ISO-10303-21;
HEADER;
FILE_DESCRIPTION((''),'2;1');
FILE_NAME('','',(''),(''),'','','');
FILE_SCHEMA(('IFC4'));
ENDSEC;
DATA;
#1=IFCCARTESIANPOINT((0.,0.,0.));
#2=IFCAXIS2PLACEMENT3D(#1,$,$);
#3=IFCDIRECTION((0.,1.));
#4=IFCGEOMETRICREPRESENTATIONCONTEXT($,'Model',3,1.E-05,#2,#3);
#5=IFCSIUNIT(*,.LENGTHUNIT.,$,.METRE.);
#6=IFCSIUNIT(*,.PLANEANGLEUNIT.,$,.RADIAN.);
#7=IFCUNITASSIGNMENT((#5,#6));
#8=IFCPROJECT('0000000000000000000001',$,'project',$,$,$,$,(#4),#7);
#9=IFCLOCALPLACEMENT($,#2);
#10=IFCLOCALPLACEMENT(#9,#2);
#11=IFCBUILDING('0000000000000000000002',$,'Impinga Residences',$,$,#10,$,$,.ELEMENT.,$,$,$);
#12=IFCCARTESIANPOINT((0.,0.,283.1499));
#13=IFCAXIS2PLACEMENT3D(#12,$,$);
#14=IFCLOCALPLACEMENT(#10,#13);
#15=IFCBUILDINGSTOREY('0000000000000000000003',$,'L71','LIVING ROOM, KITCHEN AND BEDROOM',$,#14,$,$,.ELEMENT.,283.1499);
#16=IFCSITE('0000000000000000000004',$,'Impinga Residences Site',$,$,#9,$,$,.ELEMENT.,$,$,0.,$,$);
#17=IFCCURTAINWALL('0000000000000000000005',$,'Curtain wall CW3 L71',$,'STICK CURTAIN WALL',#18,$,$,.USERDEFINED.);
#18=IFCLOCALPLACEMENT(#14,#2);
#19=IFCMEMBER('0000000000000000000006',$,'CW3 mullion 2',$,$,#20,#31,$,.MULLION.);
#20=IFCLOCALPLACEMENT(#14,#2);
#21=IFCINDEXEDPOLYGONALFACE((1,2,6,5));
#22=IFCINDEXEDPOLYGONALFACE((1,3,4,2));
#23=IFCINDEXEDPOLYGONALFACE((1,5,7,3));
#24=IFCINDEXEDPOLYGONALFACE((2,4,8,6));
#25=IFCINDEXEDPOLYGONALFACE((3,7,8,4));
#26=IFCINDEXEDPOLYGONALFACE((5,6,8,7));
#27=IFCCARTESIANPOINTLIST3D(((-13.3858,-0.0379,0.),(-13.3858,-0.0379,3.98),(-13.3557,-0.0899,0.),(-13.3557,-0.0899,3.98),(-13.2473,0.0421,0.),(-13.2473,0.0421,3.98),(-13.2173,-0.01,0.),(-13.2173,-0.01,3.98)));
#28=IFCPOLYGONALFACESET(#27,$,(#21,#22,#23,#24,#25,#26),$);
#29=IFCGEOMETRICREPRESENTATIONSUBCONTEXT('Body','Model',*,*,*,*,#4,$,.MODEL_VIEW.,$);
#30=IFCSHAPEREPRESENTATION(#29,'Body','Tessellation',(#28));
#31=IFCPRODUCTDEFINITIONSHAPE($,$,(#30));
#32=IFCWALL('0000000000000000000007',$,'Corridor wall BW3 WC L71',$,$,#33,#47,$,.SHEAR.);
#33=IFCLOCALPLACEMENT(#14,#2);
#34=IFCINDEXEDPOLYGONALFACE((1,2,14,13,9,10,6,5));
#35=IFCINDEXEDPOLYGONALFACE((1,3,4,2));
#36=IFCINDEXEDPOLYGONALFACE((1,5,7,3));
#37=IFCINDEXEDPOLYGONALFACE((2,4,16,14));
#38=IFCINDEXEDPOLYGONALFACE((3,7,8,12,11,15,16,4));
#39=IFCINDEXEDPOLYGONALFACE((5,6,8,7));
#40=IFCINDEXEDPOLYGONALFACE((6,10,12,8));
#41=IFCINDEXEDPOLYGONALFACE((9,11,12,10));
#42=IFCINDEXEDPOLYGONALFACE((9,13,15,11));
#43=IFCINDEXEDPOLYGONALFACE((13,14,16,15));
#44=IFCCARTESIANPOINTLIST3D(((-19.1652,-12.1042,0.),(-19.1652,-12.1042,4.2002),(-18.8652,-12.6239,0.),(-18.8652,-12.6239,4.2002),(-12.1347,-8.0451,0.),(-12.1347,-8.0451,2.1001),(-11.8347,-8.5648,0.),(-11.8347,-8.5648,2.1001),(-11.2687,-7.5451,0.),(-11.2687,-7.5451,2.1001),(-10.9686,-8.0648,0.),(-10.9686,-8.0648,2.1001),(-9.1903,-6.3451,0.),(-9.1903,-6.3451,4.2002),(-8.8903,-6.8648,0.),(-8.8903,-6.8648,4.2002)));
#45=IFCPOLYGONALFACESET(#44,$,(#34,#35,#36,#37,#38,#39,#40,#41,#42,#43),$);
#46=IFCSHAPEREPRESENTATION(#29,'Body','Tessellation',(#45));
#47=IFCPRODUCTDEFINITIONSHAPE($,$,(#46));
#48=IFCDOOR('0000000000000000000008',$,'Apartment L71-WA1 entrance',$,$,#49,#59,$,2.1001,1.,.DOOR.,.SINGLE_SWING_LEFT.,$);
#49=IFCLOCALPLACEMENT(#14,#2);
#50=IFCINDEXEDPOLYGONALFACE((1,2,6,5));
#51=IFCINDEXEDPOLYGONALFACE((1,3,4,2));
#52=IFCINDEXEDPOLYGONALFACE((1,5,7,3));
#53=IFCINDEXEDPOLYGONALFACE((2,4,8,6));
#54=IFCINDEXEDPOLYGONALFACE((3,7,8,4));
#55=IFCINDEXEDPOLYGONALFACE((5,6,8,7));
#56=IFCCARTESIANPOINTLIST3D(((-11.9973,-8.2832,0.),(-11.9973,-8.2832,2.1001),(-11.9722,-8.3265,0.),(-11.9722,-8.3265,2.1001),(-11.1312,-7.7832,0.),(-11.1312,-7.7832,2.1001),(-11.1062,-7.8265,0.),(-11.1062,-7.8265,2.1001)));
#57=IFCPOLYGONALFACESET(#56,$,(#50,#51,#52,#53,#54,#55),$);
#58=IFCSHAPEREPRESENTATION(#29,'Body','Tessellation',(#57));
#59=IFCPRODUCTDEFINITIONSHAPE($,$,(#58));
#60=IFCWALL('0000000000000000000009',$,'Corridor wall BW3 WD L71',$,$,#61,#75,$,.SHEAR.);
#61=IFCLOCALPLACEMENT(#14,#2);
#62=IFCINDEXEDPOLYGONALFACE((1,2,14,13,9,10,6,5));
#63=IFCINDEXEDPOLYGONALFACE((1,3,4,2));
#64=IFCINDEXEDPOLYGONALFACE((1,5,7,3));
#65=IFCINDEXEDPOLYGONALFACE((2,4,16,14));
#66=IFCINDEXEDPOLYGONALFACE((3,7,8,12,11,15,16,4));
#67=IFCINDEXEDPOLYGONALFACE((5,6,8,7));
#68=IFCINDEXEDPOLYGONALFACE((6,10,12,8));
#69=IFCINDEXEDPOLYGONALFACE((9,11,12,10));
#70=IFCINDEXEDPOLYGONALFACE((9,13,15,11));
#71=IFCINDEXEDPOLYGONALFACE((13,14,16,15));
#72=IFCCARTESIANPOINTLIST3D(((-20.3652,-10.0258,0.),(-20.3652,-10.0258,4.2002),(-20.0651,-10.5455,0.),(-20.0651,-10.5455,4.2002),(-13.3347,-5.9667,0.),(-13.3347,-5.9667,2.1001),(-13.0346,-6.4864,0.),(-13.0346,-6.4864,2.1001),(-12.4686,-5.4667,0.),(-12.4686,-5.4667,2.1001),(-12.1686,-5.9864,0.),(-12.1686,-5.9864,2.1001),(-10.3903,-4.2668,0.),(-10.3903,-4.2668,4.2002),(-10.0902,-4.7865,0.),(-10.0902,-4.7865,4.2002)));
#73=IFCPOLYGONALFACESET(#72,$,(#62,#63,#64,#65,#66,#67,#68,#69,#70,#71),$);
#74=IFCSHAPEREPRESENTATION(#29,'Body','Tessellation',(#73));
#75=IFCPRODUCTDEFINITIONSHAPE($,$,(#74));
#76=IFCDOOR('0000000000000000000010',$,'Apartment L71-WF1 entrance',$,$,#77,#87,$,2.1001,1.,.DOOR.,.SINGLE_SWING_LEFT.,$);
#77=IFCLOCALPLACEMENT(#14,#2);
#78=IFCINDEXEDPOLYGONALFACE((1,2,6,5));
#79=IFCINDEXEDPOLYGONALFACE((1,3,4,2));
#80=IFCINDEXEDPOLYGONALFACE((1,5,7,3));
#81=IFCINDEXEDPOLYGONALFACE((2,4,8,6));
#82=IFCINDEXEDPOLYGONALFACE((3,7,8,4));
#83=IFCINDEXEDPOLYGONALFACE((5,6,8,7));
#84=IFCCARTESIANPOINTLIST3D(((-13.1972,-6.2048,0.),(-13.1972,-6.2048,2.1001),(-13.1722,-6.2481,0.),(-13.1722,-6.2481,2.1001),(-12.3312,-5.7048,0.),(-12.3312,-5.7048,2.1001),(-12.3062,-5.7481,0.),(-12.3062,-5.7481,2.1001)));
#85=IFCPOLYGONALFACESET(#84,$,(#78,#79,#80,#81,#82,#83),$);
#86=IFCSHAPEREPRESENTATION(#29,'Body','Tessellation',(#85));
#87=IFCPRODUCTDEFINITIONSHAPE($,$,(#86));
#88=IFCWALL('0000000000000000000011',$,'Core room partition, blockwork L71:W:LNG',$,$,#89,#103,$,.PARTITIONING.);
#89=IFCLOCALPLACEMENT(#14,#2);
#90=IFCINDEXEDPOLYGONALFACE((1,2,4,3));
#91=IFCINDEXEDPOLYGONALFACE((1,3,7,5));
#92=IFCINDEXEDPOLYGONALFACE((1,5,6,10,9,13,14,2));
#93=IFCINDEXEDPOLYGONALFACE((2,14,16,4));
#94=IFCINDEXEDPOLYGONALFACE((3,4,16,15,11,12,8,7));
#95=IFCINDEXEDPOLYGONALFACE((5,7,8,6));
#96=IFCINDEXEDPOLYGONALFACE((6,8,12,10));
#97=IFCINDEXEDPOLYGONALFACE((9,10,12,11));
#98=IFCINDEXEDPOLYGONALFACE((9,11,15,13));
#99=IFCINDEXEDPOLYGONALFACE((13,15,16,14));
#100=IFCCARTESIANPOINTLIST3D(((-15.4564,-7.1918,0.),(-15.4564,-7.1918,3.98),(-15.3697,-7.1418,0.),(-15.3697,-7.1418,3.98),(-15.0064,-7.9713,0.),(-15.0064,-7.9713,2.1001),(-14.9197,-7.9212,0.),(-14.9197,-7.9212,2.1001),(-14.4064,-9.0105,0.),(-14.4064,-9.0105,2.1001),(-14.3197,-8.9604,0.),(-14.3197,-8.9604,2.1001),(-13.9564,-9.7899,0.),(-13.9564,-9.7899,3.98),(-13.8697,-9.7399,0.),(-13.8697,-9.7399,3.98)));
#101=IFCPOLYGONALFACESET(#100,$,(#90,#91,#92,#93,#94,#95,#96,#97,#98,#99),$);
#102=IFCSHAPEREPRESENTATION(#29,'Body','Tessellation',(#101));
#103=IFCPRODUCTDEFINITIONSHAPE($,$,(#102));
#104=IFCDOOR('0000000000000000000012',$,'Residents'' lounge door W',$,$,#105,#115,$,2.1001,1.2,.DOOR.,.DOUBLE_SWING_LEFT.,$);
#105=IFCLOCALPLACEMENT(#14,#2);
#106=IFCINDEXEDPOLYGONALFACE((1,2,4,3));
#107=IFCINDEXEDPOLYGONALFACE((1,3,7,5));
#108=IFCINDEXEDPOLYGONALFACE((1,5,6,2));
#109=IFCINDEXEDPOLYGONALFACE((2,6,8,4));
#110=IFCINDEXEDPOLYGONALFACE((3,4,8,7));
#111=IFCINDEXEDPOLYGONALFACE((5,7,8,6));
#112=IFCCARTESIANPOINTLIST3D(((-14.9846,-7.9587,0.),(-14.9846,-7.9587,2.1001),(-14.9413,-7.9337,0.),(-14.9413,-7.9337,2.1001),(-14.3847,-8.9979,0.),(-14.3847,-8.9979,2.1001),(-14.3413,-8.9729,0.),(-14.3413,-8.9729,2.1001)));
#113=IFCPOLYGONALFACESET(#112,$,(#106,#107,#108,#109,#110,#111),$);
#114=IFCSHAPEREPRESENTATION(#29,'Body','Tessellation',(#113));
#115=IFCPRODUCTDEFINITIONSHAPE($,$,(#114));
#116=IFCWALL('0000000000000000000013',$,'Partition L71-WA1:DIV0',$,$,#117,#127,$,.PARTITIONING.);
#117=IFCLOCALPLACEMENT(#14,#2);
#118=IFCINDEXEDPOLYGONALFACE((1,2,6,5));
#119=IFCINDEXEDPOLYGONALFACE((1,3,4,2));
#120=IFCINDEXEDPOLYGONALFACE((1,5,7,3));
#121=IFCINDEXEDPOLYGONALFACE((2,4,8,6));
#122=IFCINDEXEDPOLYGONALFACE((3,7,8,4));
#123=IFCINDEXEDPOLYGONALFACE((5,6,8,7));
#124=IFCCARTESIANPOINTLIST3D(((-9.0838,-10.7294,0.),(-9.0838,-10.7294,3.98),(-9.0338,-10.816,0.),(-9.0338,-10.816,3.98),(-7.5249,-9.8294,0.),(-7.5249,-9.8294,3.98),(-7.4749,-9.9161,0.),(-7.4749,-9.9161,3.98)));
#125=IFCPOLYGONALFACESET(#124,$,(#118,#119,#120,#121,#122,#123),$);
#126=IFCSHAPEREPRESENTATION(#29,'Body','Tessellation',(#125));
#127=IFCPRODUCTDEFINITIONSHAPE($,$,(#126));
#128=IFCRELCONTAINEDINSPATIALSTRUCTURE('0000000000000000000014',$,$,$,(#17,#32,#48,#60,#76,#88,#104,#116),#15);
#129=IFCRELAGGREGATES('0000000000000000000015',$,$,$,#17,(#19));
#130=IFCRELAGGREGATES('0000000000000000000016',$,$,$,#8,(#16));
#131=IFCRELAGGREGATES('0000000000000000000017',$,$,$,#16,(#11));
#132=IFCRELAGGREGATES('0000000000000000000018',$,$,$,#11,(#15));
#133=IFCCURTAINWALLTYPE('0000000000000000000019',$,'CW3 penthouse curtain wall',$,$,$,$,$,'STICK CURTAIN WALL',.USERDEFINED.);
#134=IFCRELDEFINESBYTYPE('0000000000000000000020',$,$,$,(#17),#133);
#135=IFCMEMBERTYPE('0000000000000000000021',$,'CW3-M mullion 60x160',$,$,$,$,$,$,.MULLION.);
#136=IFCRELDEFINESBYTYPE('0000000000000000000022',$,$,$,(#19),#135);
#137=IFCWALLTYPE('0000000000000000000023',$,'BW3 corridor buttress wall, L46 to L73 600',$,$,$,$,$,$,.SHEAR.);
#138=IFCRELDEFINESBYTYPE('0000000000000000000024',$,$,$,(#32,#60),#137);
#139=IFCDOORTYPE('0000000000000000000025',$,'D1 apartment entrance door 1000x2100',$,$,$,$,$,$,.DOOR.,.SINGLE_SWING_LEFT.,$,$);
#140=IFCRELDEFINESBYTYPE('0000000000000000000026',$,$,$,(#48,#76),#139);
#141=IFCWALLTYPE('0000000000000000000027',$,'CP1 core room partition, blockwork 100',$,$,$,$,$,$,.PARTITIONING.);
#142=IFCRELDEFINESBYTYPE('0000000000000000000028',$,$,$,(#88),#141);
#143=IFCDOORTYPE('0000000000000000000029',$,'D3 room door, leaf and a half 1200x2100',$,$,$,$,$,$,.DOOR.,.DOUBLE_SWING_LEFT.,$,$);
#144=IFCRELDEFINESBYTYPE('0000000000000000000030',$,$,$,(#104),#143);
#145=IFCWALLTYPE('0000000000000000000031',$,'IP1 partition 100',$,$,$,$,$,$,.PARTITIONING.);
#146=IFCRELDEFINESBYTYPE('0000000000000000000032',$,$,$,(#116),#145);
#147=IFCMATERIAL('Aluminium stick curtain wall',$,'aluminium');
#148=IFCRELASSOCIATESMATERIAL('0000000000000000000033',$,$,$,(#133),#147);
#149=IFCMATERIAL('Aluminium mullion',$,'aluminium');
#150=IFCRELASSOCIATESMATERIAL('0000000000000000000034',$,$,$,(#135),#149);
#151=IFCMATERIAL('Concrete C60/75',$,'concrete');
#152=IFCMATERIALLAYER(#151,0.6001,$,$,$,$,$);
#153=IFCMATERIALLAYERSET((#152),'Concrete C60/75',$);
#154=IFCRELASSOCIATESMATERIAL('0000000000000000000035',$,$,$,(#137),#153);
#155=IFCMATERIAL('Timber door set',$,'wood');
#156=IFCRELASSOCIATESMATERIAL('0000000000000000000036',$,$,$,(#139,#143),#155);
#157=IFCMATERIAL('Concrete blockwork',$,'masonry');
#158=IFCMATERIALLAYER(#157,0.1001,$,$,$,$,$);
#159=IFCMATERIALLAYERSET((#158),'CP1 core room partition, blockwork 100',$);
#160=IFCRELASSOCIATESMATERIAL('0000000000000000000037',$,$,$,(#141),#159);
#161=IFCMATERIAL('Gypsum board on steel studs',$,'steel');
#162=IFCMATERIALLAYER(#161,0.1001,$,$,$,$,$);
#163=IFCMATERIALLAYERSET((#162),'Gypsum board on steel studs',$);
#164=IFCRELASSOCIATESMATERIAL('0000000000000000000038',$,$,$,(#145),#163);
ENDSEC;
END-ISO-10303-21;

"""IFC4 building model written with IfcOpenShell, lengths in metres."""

from ifc_helpers import new_model, si_unit, direction, frame, frame_2d, origin, origin_2d, place, context, subcontext, project, spatial, rectangle, extrude, material, layer, layer_set, material_profile, profile_set, type_object, element, fill, aggregate, save


model = new_model("IFC4")

# Units and contexts
model_context = context("Model", 3, precision=1e-05, world=origin(), true_north=direction((0.0, 1.0)))
body_context = subcontext(model_context, "Body", "Model", "MODEL_VIEW")
ifc_project = project(units=[si_unit("LENGTHUNIT", "METRE"), si_unit("PLANEANGLEUNIT", "RADIAN")], contexts=[model_context])

# Site, building, storey
site_placement = place(None, origin())
site = spatial("IfcSite", under=ifc_project, at=site_placement, Name="Impinga Residences Site", CompositionType="ELEMENT", RefElevation=0.0)
building_placement = place(site_placement, origin())
building = spatial("IfcBuilding", under=site, at=building_placement, Name="Impinga Residences", CompositionType="ELEMENT")
storey_placement = place(building_placement, frame((0.0, 0.0, 283.1499)))
storey = spatial("IfcBuildingStorey", under=building, at=storey_placement, Name="L71", Description="LIVING ROOM, KITCHEN AND BEDROOM", CompositionType="ELEMENT", Elevation=283.1499)

# Curtain wall, member
ifc_material_1 = material(Name="Aluminium stick curtain wall", Category="aluminium")
curtain_wall_type = type_object("IfcCurtainWallType", Name="CW3 penthouse curtain wall", ElementType="STICK CURTAIN WALL", PredefinedType="USERDEFINED", material=ifc_material_1)
curtain_wall_placement = place(storey_placement, origin())
curtain_wall = element("IfcCurtainWall", 1, at=curtain_wall_placement, inside=storey, type_object=curtain_wall_type, Name="Curtain wall CW3 L71", ObjectType="STICK CURTAIN WALL", PredefinedType="USERDEFINED")
ifc_material_2 = material(Name="Aluminium mullion", Category="aluminium")
ifc_material_profile = material_profile(ifc_material_2, rectangle(XDim=0.0601, YDim=0.1599, at=origin_2d()), Name="60x160 mullion")
ifc_profile_set = profile_set([ifc_material_profile], Name="Aluminium mullion")
member_type = type_object("IfcMemberType", Name="CW3-M mullion 60x160", PredefinedType="MULLION", material=ifc_profile_set)
member_placement = place(storey_placement, frame((-13.3015, -0.0239, 0.0), z_axis=(0.0, 0.0, 1.0), x_axis=(0.5, -0.866025, 0.0)))
member = element("IfcMember", 2, at=member_placement, type_object=member_type, Name="CW3 mullion 2", PredefinedType="MULLION", context=body_context, shape_type="SweptSolid", body=[
    extrude(rectangle(XDim=0.0601, YDim=0.1599, at=origin_2d()), origin(), (0.0, 0.0, 1.0), 3.98),
])
aggregate(curtain_wall, [member])

# Walls, openings, doors
ifc_material_3 = material(Name="Concrete C60/75", Category="concrete")
ifc_layer_1 = layer(ifc_material_3, 0.6001)
ifc_layer_set_1 = layer_set([ifc_layer_1], Name="Concrete C60/75")
wall_type_1 = type_object("IfcWallType", Name="BW3 corridor buttress wall, L46 to L73 600", PredefinedType="SHEAR", material=ifc_layer_set_1)
wall_1_placement = place(storey_placement, frame((-9.0403, -6.605, 0.0), z_axis=(0.0, 0.0, 1.0), x_axis=(-0.866024, -0.500003, 0.0)))
wall_1 = element("IfcWall", 3, at=wall_1_placement, inside=storey, type_object=wall_type_1, Name="Corridor wall BW3 WC L71", PredefinedType="SHEAR", context=body_context, shape_type="SweptSolid", body=[
    extrude(rectangle(XDim=11.5181, YDim=0.6001, at=frame_2d((5.759, 0.0))), origin(), (0.0, 0.0, 1.0), 4.2002),
])
opening_1_placement = place(wall_1_placement, frame((2.3999, 0.0, 0.0)))
opening_1 = element("IfcOpeningElement", 4, at=opening_1_placement, cuts=wall_1, PredefinedType="OPENING", context=body_context, shape_type="SweptSolid", body=[
    extrude(rectangle(XDim=1.0, YDim=2.1001, at=frame_2d((0.5, 1.05))), frame((0.0, 0.3101, 0.0), z_axis=(0.0, -1.0, 0.0), x_axis=(1.0, 0.0, 0.0)), (0.0, 0.0, 1.0), 0.6201),
])
ifc_material_4 = material(Name="Timber door set", Category="wood")
door_type_1 = type_object("IfcDoorType", Name="D1 apartment entrance door 1000x2100", OperationType="SINGLE_SWING_LEFT", PredefinedType="DOOR", material=ifc_material_4)
door_1_placement = place(opening_1_placement, origin())
door_1 = element("IfcDoor", 5, at=door_1_placement, inside=storey, type_object=door_type_1, Name="Apartment L71-WA1 entrance", OperationType="SINGLE_SWING_LEFT", OverallHeight=2.1001, OverallWidth=1.0, PredefinedType="DOOR", context=body_context, shape_type="SweptSolid", body=[
    extrude(rectangle(XDim=1.0, YDim=2.1001, at=frame_2d((0.5, 1.05))), frame((0.0, 0.0249, 0.0), z_axis=(0.0, -1.0, 0.0), x_axis=(1.0, 0.0, 0.0)), (0.0, 0.0, 1.0), 0.05),
])
fill(opening_1, door_1)
wall_2_placement = place(storey_placement, frame((-10.2402, -4.5266, 0.0), z_axis=(0.0, 0.0, 1.0), x_axis=(-0.866024, -0.500003, 0.0)))
wall_2 = element("IfcWall", 6, at=wall_2_placement, inside=storey, type_object=wall_type_1, Name="Corridor wall BW3 WD L71", PredefinedType="SHEAR", context=body_context, shape_type="SweptSolid", body=[
    extrude(rectangle(XDim=11.5181, YDim=0.6001, at=frame_2d((5.759, 0.0))), origin(), (0.0, 0.0, 1.0), 4.2002),
])
opening_2_placement = place(wall_2_placement, frame((2.3999, 0.0, 0.0)))
opening_2 = element("IfcOpeningElement", 7, at=opening_2_placement, cuts=wall_2, PredefinedType="OPENING", context=body_context, shape_type="SweptSolid", body=[
    extrude(rectangle(XDim=1.0, YDim=2.1001, at=frame_2d((0.5, 1.05))), frame((0.0, 0.3101, 0.0), z_axis=(0.0, -1.0, 0.0), x_axis=(1.0, 0.0, 0.0)), (0.0, 0.0, 1.0), 0.6201),
])
door_2_placement = place(opening_2_placement, origin())
door_2 = element("IfcDoor", 8, at=door_2_placement, inside=storey, type_object=door_type_1, Name="Apartment L71-WF1 entrance", OperationType="SINGLE_SWING_LEFT", OverallHeight=2.1001, OverallWidth=1.0, PredefinedType="DOOR", context=body_context, shape_type="SweptSolid", body=[
    extrude(rectangle(XDim=1.0, YDim=2.1001, at=frame_2d((0.5, 1.05))), frame((0.0, 0.0249, 0.0), z_axis=(0.0, -1.0, 0.0), x_axis=(1.0, 0.0, 0.0)), (0.0, 0.0, 1.0), 0.05),
])
fill(opening_2, door_2)
ifc_material_5 = material(Name="Concrete blockwork", Category="masonry")
ifc_layer_2 = layer(ifc_material_5, 0.1001)
ifc_layer_set_2 = layer_set([ifc_layer_2], Name="CP1 core room partition, blockwork 100")
wall_type_2 = type_object("IfcWallType", Name="CP1 core room partition, blockwork 100", PredefinedType="PARTITIONING", material=ifc_layer_set_2)
wall_3_placement = place(storey_placement, frame((-13.9131, -9.7649, 0.0), z_axis=(0.0, 0.0, 1.0), x_axis=(-0.49999, 0.866031, 0.0)))
wall_3 = element("IfcWall", 9, at=wall_3_placement, inside=storey, type_object=wall_type_2, Name="Core room partition, blockwork L71:W:LNG", PredefinedType="PARTITIONING", context=body_context, shape_type="SweptSolid", body=[
    extrude(rectangle(XDim=3.0, YDim=0.1001, at=frame_2d((1.5, 0.0))), origin(), (0.0, 0.0, 1.0), 3.98),
])
opening_3_placement = place(wall_3_placement, frame((0.8999, 0.0, 0.0)))
opening_3 = element("IfcOpeningElement", 10, at=opening_3_placement, cuts=wall_3, PredefinedType="OPENING", context=body_context, shape_type="SweptSolid", body=[
    extrude(rectangle(XDim=1.2, YDim=2.1001, at=frame_2d((0.6001, 1.05))), frame((0.0, 0.0601, 0.0), z_axis=(0.0, -1.0, 0.0), x_axis=(1.0, 0.0, 0.0)), (0.0, 0.0, 1.0), 0.1201),
])
door_type_2 = type_object("IfcDoorType", Name="D3 room door, leaf and a half 1200x2100", OperationType="DOUBLE_SWING_LEFT", PredefinedType="DOOR", material=ifc_material_4)
door_3_placement = place(opening_3_placement, origin())
door_3 = element("IfcDoor", 11, at=door_3_placement, inside=storey, type_object=door_type_2, Name="Residents' lounge door W", OperationType="DOUBLE_SWING_LEFT", OverallHeight=2.1001, OverallWidth=1.2, PredefinedType="DOOR", context=body_context, shape_type="SweptSolid", body=[
    extrude(rectangle(XDim=1.2, YDim=2.1001, at=frame_2d((0.6001, 1.05))), frame((0.0, 0.0249, 0.0), z_axis=(0.0, -1.0, 0.0), x_axis=(1.0, 0.0, 0.0)), (0.0, 0.0, 1.0), 0.05),
])
fill(opening_3, door_3)

# Wall
ifc_material_6 = material(Name="Gypsum board on steel studs", Category="steel")
ifc_layer_3 = layer(ifc_material_6, 0.1001)
ifc_layer_set_3 = layer_set([ifc_layer_3], Name="Gypsum board on steel studs")
wall_type_3 = type_object("IfcWallType", Name="IP1 partition 100", PredefinedType="PARTITIONING", material=ifc_layer_set_3)
wall_4_placement = place(storey_placement, frame((-7.5, -9.8728, 0.0), z_axis=(0.0, 0.0, 1.0), x_axis=(-0.866048, -0.499961, 0.0)))
element("IfcWall", 12, at=wall_4_placement, inside=storey, type_object=wall_type_3, Name="Partition L71-WA1:DIV0", PredefinedType="PARTITIONING", context=body_context, shape_type="SweptSolid", body=[
    extrude(rectangle(XDim=1.8, YDim=0.1001, at=frame_2d((0.8999, 0.0))), origin(), (0.0, 0.0, 1.0), 3.98),
])

save(model, "model.ifc")
